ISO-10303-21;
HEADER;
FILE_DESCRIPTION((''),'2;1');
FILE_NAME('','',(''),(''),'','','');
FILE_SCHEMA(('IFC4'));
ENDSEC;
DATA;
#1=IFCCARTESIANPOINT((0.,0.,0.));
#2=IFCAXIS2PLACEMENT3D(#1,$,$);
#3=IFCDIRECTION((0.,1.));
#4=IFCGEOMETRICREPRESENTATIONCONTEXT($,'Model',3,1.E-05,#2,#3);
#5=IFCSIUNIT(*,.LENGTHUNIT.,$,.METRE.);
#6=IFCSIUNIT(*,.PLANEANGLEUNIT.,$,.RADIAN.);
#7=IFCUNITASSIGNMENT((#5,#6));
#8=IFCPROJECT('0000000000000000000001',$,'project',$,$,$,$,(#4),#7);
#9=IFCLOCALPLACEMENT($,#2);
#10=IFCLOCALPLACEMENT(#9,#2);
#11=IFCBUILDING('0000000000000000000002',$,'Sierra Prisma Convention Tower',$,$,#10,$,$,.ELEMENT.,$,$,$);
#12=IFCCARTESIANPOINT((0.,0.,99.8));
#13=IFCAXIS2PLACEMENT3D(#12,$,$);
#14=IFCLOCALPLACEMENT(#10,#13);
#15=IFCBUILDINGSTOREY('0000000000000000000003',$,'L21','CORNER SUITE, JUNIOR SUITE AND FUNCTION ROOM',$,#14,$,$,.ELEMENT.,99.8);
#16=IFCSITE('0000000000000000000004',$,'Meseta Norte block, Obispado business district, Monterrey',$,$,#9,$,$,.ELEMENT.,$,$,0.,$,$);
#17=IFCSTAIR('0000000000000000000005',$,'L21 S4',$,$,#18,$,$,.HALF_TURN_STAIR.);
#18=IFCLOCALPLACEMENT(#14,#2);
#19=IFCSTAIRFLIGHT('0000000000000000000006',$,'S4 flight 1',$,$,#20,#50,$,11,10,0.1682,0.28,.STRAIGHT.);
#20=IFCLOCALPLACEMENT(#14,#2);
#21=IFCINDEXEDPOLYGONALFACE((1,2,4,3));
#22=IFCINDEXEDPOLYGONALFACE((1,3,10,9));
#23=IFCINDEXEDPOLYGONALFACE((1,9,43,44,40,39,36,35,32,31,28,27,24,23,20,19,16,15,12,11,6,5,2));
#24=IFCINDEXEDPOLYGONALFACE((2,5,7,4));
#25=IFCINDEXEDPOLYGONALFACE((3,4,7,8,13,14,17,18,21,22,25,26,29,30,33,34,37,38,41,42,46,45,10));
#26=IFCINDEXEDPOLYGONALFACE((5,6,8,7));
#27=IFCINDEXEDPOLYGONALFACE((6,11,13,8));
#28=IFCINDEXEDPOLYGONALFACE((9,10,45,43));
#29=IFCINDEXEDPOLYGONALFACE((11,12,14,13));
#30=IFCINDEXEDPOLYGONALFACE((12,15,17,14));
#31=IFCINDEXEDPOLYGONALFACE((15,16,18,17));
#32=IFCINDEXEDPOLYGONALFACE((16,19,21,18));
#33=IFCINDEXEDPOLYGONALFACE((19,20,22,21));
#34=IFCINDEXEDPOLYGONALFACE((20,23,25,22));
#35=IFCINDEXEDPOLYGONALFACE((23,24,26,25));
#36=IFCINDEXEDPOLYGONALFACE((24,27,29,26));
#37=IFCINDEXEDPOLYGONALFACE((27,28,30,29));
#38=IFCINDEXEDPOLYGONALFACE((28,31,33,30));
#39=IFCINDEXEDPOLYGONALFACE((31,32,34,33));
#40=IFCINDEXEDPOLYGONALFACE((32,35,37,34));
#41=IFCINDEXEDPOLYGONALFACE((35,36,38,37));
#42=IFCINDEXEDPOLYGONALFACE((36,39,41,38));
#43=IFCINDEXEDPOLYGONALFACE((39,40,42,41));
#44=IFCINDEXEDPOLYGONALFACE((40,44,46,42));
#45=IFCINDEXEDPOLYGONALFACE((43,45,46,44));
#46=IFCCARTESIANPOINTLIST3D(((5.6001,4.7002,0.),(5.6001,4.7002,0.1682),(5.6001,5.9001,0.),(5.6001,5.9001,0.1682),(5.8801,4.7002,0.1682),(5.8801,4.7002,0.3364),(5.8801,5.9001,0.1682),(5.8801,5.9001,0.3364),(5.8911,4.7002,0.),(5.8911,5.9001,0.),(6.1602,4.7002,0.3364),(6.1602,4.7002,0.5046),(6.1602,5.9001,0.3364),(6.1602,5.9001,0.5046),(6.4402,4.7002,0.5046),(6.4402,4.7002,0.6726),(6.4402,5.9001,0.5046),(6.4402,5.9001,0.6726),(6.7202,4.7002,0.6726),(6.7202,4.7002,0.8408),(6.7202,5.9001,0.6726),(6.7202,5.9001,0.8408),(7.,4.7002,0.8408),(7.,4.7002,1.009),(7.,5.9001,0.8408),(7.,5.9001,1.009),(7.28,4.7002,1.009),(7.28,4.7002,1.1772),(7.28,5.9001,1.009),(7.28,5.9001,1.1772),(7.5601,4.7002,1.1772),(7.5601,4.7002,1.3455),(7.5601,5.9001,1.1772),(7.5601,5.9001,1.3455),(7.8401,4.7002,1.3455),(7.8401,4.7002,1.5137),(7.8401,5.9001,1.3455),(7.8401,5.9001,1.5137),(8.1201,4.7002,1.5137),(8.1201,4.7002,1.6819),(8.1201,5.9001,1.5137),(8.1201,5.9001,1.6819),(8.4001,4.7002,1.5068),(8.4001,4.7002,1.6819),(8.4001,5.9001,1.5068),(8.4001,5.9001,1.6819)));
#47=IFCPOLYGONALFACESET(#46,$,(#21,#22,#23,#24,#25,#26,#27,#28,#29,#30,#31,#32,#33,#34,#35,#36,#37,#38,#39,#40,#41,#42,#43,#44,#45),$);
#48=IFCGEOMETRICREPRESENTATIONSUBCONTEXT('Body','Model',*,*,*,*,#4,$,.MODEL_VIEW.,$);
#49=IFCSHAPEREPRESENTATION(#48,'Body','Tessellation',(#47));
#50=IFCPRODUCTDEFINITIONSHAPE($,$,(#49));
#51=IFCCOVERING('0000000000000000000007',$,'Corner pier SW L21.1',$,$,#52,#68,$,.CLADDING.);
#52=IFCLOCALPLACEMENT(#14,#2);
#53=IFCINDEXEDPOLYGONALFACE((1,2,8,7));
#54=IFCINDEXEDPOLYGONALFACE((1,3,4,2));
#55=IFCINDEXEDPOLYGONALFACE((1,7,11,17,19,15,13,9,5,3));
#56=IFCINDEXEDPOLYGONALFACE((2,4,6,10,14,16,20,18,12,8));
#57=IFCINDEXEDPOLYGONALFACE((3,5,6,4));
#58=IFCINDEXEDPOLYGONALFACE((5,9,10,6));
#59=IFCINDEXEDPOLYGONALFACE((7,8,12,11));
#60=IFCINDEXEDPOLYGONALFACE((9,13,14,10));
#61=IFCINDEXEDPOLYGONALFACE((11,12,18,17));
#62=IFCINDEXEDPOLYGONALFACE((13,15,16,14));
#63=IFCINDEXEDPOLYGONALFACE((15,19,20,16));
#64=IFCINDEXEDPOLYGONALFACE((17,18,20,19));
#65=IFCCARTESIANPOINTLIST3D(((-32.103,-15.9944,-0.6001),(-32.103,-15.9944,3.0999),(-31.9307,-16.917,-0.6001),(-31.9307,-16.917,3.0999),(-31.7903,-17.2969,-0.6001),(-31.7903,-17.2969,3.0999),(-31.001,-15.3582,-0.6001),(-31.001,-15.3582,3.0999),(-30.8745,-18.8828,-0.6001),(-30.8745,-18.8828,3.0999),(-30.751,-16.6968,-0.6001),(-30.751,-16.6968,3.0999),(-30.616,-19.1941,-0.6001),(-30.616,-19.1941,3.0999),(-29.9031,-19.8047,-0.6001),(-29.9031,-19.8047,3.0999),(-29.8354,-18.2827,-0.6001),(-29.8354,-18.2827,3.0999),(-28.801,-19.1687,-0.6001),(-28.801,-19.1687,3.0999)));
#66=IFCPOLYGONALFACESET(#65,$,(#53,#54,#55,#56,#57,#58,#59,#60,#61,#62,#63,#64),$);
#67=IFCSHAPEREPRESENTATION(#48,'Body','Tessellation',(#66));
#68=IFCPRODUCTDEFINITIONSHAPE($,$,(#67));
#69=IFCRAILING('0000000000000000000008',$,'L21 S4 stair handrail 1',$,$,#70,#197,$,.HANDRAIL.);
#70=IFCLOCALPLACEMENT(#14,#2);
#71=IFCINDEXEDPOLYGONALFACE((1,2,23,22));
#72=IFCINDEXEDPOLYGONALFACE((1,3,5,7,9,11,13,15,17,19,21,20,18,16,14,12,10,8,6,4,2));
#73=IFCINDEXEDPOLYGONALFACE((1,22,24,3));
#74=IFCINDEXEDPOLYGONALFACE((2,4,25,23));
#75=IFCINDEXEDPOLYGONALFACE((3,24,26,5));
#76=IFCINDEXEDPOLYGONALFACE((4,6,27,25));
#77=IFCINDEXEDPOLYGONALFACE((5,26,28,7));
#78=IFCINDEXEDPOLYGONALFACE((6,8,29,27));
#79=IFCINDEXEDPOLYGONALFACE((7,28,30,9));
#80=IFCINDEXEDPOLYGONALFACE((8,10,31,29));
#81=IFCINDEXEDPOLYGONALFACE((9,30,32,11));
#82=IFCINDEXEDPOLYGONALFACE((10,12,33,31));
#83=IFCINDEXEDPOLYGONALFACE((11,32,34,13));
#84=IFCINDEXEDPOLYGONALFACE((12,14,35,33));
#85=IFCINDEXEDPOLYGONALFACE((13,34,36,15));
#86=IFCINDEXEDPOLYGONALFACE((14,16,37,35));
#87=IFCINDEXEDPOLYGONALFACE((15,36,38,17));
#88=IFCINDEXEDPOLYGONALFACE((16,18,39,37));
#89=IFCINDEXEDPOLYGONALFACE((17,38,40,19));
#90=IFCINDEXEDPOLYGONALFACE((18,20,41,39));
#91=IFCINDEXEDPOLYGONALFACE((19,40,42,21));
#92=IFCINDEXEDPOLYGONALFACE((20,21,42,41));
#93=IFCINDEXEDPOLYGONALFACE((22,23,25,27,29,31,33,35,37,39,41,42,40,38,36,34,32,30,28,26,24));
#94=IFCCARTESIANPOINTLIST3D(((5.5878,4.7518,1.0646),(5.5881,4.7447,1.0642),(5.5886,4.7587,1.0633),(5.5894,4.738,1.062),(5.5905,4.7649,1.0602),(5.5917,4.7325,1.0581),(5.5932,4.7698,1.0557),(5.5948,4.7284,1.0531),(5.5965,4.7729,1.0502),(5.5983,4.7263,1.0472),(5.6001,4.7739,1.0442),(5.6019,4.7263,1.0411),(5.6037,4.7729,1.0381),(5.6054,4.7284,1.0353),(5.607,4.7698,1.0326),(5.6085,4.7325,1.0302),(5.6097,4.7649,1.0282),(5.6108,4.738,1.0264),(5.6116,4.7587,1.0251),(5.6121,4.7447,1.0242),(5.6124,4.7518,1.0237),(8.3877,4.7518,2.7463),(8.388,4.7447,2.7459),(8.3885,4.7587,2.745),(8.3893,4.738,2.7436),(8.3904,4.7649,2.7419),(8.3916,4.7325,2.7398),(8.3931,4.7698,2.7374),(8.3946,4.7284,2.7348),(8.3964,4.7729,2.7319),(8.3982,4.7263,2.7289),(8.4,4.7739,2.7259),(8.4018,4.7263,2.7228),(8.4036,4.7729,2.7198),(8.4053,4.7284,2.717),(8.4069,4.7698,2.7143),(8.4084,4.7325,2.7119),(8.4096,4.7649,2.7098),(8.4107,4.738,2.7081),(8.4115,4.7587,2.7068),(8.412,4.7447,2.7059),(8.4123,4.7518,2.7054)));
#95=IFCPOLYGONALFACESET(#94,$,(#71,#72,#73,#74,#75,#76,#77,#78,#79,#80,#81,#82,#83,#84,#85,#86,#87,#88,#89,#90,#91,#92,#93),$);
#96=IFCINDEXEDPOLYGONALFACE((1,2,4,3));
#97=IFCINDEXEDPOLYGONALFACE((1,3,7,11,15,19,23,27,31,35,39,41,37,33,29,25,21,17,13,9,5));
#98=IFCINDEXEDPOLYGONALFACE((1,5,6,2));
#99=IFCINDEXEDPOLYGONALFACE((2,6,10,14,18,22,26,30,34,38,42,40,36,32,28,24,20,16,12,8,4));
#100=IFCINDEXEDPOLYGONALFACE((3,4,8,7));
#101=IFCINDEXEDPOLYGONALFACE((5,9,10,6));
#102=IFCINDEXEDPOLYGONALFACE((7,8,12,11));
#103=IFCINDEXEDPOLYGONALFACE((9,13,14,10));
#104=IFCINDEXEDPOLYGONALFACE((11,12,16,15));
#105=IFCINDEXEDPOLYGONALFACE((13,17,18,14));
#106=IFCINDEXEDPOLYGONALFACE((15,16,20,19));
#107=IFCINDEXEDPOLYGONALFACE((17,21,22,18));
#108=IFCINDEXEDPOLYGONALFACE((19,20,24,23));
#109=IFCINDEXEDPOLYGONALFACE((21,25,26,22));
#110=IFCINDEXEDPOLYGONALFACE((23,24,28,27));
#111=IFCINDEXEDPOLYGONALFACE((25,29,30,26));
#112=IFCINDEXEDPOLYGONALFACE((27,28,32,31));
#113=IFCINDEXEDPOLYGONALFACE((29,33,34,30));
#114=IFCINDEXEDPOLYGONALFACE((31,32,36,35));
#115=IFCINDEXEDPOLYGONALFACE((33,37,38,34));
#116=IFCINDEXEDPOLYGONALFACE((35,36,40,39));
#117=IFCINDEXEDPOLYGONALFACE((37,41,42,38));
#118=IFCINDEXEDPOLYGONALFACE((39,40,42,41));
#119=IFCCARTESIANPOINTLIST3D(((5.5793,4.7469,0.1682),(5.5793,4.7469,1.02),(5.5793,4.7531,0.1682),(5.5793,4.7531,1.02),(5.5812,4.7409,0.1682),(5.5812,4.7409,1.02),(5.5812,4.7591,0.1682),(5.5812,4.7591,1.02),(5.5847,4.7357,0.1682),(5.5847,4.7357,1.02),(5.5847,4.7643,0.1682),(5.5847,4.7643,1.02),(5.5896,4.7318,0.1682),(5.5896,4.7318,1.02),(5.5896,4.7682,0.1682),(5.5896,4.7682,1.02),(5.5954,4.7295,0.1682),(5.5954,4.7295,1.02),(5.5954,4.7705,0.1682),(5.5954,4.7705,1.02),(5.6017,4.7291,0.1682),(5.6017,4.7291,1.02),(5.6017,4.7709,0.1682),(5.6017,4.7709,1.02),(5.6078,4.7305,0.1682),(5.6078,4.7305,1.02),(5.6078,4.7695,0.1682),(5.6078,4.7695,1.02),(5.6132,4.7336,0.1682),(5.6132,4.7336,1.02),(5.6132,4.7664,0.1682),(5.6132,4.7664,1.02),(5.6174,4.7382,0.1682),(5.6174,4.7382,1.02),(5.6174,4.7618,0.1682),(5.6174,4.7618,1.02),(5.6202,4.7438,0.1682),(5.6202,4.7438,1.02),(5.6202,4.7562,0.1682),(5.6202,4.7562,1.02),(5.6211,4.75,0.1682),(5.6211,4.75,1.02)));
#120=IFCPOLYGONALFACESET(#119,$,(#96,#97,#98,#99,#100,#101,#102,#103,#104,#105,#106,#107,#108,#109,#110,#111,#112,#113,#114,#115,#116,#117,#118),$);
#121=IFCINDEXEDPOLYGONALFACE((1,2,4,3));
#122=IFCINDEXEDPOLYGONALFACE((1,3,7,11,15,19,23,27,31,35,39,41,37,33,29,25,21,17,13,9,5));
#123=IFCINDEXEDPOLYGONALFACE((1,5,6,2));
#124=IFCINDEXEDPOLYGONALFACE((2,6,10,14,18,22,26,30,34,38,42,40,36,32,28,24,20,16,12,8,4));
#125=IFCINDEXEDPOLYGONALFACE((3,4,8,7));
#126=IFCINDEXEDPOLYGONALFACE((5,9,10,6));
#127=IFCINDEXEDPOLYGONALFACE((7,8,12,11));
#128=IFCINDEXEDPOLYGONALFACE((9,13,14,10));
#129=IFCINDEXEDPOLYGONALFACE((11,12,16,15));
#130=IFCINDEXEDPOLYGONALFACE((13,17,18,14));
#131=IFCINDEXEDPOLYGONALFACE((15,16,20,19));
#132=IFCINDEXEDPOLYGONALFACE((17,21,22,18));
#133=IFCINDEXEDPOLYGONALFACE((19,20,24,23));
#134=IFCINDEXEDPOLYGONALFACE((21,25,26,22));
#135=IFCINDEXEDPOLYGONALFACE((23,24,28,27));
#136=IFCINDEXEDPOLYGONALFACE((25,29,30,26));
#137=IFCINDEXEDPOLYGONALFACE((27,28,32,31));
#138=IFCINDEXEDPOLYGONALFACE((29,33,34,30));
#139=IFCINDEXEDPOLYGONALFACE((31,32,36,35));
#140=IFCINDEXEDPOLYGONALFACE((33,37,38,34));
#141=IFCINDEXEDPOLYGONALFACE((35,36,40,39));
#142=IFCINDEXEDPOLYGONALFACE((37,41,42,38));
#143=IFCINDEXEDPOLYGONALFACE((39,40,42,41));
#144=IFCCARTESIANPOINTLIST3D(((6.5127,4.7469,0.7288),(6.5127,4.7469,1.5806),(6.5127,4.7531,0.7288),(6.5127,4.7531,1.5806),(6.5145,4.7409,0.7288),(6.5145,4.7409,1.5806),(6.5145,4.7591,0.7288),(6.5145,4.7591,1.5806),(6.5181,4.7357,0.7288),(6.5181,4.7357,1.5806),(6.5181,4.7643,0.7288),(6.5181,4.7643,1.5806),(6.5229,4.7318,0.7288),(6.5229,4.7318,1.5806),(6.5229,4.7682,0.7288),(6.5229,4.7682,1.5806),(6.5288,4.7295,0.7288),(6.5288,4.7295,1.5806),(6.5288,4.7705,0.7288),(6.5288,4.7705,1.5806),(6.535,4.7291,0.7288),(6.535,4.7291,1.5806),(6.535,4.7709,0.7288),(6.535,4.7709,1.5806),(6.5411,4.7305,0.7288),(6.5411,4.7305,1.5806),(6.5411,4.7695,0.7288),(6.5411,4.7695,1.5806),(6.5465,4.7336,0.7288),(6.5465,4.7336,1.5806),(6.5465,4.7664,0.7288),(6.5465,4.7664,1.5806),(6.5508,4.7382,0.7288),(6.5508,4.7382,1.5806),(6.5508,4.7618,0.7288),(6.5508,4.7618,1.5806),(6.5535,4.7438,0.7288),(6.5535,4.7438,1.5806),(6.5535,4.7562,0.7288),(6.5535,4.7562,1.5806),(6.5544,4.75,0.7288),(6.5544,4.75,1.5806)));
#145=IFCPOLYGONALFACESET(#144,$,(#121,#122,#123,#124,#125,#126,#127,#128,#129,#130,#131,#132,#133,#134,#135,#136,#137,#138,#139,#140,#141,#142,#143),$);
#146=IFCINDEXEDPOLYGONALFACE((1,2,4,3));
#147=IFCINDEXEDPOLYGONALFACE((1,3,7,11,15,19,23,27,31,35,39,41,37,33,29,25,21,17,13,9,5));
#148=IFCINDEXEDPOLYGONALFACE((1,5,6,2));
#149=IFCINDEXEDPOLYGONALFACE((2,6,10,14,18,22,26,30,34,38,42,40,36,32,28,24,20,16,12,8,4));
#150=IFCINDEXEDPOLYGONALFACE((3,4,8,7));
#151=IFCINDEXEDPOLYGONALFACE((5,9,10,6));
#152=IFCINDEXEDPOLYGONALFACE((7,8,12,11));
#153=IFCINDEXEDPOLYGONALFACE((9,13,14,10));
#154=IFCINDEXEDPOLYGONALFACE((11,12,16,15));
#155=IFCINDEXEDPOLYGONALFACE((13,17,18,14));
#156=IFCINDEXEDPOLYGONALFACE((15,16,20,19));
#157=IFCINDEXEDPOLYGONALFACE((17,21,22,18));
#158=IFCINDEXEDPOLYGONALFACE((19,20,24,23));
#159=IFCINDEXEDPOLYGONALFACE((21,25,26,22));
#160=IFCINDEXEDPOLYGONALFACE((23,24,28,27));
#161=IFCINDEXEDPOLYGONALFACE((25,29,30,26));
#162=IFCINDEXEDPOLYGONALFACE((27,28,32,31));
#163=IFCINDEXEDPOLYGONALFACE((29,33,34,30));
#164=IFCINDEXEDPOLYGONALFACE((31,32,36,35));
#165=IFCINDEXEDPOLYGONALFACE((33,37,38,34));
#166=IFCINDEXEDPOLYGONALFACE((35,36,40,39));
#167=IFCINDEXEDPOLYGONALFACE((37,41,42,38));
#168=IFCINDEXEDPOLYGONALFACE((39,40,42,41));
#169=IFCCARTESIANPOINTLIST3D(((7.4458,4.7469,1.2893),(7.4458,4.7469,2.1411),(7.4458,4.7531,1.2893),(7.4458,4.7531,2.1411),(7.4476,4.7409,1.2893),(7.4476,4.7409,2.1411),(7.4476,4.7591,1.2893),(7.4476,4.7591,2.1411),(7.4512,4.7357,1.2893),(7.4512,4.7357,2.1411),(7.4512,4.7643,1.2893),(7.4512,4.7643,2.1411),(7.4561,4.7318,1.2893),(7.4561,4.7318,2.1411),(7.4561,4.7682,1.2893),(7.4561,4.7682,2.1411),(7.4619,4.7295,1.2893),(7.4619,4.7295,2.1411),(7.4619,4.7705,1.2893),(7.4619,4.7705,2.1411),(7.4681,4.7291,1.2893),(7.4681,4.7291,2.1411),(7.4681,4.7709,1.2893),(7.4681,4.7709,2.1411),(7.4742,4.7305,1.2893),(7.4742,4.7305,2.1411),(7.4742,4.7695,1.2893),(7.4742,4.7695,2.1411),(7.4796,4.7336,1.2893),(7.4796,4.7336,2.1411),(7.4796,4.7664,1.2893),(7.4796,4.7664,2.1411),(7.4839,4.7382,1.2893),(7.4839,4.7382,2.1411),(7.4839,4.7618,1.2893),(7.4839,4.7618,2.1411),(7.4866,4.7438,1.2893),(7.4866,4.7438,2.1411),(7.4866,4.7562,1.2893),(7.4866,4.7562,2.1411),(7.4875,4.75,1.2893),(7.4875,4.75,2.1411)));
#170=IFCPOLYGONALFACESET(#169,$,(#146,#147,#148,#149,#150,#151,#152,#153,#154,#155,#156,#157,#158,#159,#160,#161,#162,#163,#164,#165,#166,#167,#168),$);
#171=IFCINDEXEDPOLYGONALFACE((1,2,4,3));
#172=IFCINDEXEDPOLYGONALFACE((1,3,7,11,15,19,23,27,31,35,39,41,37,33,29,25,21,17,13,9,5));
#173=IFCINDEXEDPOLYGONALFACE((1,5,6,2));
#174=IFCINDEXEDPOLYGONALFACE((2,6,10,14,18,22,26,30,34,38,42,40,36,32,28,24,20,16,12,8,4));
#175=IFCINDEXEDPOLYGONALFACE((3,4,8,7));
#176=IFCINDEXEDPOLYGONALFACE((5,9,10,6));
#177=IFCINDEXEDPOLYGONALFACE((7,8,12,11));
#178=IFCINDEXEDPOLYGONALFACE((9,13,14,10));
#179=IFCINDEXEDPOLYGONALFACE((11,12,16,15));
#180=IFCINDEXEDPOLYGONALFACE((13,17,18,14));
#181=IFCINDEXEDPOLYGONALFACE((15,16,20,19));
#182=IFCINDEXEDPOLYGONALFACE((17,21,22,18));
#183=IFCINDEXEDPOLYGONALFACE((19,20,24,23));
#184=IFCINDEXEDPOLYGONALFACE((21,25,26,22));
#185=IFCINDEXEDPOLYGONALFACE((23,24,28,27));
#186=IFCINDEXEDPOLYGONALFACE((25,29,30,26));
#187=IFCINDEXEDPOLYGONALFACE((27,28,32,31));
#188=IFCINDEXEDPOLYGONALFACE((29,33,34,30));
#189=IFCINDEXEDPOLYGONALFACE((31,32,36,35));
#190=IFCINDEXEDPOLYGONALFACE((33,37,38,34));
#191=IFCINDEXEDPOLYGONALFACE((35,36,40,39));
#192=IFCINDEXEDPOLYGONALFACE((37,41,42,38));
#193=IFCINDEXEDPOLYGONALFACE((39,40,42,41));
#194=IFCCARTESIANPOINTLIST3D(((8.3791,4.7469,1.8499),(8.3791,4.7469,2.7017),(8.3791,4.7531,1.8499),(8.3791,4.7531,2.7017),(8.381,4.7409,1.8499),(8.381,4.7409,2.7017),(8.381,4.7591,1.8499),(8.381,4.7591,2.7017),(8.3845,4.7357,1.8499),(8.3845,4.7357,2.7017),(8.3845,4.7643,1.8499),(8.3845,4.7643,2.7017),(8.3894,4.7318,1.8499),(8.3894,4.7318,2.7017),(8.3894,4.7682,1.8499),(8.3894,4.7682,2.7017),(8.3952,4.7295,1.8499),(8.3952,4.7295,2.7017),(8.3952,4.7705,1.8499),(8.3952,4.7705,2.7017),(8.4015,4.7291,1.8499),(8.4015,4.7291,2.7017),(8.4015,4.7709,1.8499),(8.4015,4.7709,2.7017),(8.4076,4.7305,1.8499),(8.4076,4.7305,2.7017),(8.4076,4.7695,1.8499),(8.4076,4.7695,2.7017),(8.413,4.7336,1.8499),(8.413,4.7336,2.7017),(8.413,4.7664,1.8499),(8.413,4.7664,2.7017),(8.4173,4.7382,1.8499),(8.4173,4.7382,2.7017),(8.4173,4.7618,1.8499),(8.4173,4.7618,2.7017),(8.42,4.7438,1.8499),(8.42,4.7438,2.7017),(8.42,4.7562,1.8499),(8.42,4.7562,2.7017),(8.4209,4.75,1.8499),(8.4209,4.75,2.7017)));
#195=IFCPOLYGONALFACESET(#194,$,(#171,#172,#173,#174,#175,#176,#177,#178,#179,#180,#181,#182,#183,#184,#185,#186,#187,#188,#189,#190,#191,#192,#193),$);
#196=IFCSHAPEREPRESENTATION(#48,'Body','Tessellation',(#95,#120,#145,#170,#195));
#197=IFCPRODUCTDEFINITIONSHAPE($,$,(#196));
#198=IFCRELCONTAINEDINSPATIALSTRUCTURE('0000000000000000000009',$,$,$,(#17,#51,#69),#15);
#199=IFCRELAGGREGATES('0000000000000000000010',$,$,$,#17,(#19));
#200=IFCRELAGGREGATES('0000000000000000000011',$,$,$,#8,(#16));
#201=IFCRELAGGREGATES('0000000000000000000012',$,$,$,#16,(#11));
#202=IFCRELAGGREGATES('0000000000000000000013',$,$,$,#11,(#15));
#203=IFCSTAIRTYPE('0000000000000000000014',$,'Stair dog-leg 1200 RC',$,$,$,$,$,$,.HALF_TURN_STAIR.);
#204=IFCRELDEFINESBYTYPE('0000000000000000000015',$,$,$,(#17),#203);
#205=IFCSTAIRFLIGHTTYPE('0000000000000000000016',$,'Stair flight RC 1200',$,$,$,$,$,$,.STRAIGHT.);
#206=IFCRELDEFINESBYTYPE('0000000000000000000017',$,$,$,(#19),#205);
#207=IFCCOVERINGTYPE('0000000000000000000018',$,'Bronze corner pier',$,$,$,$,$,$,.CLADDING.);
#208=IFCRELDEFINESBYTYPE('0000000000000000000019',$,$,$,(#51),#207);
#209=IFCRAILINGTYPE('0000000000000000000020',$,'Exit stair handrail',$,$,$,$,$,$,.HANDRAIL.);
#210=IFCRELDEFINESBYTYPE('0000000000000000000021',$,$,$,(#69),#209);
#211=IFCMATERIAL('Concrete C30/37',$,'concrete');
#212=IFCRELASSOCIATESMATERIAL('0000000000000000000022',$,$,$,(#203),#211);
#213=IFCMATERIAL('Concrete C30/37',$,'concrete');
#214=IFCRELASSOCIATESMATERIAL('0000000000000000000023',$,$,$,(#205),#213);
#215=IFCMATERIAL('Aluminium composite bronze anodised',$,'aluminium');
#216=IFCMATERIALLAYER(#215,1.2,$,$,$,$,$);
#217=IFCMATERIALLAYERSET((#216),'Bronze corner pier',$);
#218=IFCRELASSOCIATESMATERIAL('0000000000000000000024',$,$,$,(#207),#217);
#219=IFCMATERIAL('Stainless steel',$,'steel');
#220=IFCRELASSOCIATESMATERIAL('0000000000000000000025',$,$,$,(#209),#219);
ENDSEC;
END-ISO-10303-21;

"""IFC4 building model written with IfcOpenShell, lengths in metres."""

from ifc_helpers import new_model, si_unit, direction, frame, origin, origin_2d, place, context, subcontext, project, spatial, polyline, circle, outline, extrude, material, layer, layer_set, type_object, element, aggregate, save


model = new_model("IFC4")

# Units and contexts
model_context = context("Model", 3, precision=1e-05, world=origin(), true_north=direction((0.0, 1.0)))
body_context = subcontext(model_context, "Body", "Model", "MODEL_VIEW")
ifc_project = project(units=[si_unit("LENGTHUNIT", "METRE"), si_unit("PLANEANGLEUNIT", "RADIAN")], contexts=[model_context])

# Site, building, storey
site_placement = place(None, origin())
site = spatial("IfcSite", under=ifc_project, at=site_placement, Name="Meseta Norte block, Obispado business district, Monterrey", CompositionType="ELEMENT", RefElevation=0.0)
building_placement = place(site_placement, origin())
building = spatial("IfcBuilding", under=site, at=building_placement, Name="Sierra Prisma Convention Tower", CompositionType="ELEMENT")
storey_placement = place(building_placement, frame((0.0, 0.0, 99.8)))
storey = spatial("IfcBuildingStorey", under=building, at=storey_placement, Name="L21", Description="CORNER SUITE, JUNIOR SUITE AND FUNCTION ROOM", CompositionType="ELEMENT", Elevation=99.8)

# Shared definitions
ifc_material_1 = material(Name="Concrete C30/37", Category="concrete")
stair_type = type_object("IfcStairType", Name="Stair dog-leg 1200 RC", PredefinedType="HALF_TURN_STAIR", material=ifc_material_1)

# Stair
stair_1_placement = place(storey_placement, origin())
stair_1 = element("IfcStair", 1, at=stair_1_placement, inside=storey, type_object=stair_type, Name="L21 S4", PredefinedType="HALF_TURN_STAIR")

# Stair flight
ifc_material_2 = material(Name="Concrete C30/37", Category="concrete")
stair_flight_type = type_object("IfcStairFlightType", Name="Stair flight RC 1200", PredefinedType="STRAIGHT", material=ifc_material_2)
stair_flight_placement = place(storey_placement, frame((5.6001, 5.3, 0.0), z_axis=(0.0, 0.0, 1.0), x_axis=(1.0, 0.0, 0.0)))
stair_flight = element("IfcStairFlight", 2, at=stair_flight_placement, type_object=stair_flight_type, Name="S4 flight 1", NumberOfRisers=11, NumberOfTreads=10, PredefinedType="STRAIGHT", RiserHeight=0.1682, TreadLength=0.28, context=body_context, shape_type="SweptSolid", body=[
    extrude(outline(polyline([(0.0, 0.0), (0.0, 0.1682), (0.28, 0.1682), (0.28, 0.3364), (0.5601, 0.3364), (0.5601, 0.5046), (0.8401, 0.5046), (0.8401, 0.6726), (1.1201, 0.6726), (1.1201, 0.8408), (1.3999, 0.8408), (1.3999, 1.009), (1.6799, 1.009), (1.6799, 1.1772), (1.96, 1.1772), (1.96, 1.3455), (2.24, 1.3455), (2.24, 1.5137), (2.52, 1.5137), (2.52, 1.6819), (2.8, 1.6819), (2.8, 1.8501), (2.8, 1.5068), (0.291, 0.0), (0.0, 0.0)])), frame((0.0, 0.6001, 0.0), z_axis=(0.0, -1.0, 0.0), x_axis=(1.0, 0.0, 0.0)), (0.0, 0.0, 1.0), 1.2),
])
aggregate(stair_1, [stair_flight])

# Covering
ifc_material_3 = material(Name="Aluminium composite bronze anodised", Category="aluminium")
ifc_layer_1 = layer(ifc_material_3, 1.2)
ifc_layer_set_1 = layer_set([ifc_layer_1], Name="Bronze corner pier")
covering_type = type_object("IfcCoveringType", Name="Bronze corner pier", PredefinedType="CLADDING", material=ifc_layer_set_1)
covering_placement = place(storey_placement, frame((0.0, 0.0, -0.6001)))
element("IfcCovering", 3, at=covering_placement, inside=storey, type_object=covering_type, Name="Corner pier SW L21.1", PredefinedType="CLADDING", context=body_context, shape_type="SweptSolid", body=[
    extrude(outline(polyline([(-29.8354, -18.2827), (-28.801, -19.1687), (-29.9031, -19.8047), (-30.616, -19.1941), (-30.8745, -18.8828), (-31.7903, -17.2969), (-31.9307, -16.917), (-32.103, -15.9944), (-31.001, -15.3582), (-30.751, -16.6968), (-29.8354, -18.2827)])), origin(), (0.0, 0.0, 1.0), 3.7),
])

# Railing
ifc_material_4 = material(Name="Stainless steel", Category="steel")
railing_type_1 = type_object("IfcRailingType", Name="Exit stair handrail", PredefinedType="HANDRAIL", material=ifc_material_4)
railing_1_placement = place(storey_placement, frame((5.6001, 4.75, 0.1682)))
element("IfcRailing", 4, at=railing_1_placement, inside=storey, type_object=railing_type_1, Name="L21 S4 stair handrail 1", PredefinedType="HANDRAIL", context=body_context, shape_type="SweptSolid", body=[
    extrude(circle(Radius=0.0239, at=origin_2d()), frame((0.0, 0.0, 0.876), z_axis=(0.857255, 0.0, 0.514891), x_axis=(0.0, 1.0, 0.0)), (0.0, 0.0, 1.0), 3.2661),
    extrude(circle(Radius=0.021, at=origin_2d()), origin(), (0.0, 0.0, 1.0), 0.8518),
    extrude(circle(Radius=0.021, at=origin_2d()), frame((0.9333, 0.0, 0.5605)), (0.0, 0.0, 1.0), 0.8518),
    extrude(circle(Radius=0.021, at=origin_2d()), frame((1.8665, 0.0, 1.1211)), (0.0, 0.0, 1.0), 0.8518),
    extrude(circle(Radius=0.021, at=origin_2d()), frame((2.7998, 0.0, 1.6816)), (0.0, 0.0, 1.0), 0.8518),
])

save(model, "model.ifc")
